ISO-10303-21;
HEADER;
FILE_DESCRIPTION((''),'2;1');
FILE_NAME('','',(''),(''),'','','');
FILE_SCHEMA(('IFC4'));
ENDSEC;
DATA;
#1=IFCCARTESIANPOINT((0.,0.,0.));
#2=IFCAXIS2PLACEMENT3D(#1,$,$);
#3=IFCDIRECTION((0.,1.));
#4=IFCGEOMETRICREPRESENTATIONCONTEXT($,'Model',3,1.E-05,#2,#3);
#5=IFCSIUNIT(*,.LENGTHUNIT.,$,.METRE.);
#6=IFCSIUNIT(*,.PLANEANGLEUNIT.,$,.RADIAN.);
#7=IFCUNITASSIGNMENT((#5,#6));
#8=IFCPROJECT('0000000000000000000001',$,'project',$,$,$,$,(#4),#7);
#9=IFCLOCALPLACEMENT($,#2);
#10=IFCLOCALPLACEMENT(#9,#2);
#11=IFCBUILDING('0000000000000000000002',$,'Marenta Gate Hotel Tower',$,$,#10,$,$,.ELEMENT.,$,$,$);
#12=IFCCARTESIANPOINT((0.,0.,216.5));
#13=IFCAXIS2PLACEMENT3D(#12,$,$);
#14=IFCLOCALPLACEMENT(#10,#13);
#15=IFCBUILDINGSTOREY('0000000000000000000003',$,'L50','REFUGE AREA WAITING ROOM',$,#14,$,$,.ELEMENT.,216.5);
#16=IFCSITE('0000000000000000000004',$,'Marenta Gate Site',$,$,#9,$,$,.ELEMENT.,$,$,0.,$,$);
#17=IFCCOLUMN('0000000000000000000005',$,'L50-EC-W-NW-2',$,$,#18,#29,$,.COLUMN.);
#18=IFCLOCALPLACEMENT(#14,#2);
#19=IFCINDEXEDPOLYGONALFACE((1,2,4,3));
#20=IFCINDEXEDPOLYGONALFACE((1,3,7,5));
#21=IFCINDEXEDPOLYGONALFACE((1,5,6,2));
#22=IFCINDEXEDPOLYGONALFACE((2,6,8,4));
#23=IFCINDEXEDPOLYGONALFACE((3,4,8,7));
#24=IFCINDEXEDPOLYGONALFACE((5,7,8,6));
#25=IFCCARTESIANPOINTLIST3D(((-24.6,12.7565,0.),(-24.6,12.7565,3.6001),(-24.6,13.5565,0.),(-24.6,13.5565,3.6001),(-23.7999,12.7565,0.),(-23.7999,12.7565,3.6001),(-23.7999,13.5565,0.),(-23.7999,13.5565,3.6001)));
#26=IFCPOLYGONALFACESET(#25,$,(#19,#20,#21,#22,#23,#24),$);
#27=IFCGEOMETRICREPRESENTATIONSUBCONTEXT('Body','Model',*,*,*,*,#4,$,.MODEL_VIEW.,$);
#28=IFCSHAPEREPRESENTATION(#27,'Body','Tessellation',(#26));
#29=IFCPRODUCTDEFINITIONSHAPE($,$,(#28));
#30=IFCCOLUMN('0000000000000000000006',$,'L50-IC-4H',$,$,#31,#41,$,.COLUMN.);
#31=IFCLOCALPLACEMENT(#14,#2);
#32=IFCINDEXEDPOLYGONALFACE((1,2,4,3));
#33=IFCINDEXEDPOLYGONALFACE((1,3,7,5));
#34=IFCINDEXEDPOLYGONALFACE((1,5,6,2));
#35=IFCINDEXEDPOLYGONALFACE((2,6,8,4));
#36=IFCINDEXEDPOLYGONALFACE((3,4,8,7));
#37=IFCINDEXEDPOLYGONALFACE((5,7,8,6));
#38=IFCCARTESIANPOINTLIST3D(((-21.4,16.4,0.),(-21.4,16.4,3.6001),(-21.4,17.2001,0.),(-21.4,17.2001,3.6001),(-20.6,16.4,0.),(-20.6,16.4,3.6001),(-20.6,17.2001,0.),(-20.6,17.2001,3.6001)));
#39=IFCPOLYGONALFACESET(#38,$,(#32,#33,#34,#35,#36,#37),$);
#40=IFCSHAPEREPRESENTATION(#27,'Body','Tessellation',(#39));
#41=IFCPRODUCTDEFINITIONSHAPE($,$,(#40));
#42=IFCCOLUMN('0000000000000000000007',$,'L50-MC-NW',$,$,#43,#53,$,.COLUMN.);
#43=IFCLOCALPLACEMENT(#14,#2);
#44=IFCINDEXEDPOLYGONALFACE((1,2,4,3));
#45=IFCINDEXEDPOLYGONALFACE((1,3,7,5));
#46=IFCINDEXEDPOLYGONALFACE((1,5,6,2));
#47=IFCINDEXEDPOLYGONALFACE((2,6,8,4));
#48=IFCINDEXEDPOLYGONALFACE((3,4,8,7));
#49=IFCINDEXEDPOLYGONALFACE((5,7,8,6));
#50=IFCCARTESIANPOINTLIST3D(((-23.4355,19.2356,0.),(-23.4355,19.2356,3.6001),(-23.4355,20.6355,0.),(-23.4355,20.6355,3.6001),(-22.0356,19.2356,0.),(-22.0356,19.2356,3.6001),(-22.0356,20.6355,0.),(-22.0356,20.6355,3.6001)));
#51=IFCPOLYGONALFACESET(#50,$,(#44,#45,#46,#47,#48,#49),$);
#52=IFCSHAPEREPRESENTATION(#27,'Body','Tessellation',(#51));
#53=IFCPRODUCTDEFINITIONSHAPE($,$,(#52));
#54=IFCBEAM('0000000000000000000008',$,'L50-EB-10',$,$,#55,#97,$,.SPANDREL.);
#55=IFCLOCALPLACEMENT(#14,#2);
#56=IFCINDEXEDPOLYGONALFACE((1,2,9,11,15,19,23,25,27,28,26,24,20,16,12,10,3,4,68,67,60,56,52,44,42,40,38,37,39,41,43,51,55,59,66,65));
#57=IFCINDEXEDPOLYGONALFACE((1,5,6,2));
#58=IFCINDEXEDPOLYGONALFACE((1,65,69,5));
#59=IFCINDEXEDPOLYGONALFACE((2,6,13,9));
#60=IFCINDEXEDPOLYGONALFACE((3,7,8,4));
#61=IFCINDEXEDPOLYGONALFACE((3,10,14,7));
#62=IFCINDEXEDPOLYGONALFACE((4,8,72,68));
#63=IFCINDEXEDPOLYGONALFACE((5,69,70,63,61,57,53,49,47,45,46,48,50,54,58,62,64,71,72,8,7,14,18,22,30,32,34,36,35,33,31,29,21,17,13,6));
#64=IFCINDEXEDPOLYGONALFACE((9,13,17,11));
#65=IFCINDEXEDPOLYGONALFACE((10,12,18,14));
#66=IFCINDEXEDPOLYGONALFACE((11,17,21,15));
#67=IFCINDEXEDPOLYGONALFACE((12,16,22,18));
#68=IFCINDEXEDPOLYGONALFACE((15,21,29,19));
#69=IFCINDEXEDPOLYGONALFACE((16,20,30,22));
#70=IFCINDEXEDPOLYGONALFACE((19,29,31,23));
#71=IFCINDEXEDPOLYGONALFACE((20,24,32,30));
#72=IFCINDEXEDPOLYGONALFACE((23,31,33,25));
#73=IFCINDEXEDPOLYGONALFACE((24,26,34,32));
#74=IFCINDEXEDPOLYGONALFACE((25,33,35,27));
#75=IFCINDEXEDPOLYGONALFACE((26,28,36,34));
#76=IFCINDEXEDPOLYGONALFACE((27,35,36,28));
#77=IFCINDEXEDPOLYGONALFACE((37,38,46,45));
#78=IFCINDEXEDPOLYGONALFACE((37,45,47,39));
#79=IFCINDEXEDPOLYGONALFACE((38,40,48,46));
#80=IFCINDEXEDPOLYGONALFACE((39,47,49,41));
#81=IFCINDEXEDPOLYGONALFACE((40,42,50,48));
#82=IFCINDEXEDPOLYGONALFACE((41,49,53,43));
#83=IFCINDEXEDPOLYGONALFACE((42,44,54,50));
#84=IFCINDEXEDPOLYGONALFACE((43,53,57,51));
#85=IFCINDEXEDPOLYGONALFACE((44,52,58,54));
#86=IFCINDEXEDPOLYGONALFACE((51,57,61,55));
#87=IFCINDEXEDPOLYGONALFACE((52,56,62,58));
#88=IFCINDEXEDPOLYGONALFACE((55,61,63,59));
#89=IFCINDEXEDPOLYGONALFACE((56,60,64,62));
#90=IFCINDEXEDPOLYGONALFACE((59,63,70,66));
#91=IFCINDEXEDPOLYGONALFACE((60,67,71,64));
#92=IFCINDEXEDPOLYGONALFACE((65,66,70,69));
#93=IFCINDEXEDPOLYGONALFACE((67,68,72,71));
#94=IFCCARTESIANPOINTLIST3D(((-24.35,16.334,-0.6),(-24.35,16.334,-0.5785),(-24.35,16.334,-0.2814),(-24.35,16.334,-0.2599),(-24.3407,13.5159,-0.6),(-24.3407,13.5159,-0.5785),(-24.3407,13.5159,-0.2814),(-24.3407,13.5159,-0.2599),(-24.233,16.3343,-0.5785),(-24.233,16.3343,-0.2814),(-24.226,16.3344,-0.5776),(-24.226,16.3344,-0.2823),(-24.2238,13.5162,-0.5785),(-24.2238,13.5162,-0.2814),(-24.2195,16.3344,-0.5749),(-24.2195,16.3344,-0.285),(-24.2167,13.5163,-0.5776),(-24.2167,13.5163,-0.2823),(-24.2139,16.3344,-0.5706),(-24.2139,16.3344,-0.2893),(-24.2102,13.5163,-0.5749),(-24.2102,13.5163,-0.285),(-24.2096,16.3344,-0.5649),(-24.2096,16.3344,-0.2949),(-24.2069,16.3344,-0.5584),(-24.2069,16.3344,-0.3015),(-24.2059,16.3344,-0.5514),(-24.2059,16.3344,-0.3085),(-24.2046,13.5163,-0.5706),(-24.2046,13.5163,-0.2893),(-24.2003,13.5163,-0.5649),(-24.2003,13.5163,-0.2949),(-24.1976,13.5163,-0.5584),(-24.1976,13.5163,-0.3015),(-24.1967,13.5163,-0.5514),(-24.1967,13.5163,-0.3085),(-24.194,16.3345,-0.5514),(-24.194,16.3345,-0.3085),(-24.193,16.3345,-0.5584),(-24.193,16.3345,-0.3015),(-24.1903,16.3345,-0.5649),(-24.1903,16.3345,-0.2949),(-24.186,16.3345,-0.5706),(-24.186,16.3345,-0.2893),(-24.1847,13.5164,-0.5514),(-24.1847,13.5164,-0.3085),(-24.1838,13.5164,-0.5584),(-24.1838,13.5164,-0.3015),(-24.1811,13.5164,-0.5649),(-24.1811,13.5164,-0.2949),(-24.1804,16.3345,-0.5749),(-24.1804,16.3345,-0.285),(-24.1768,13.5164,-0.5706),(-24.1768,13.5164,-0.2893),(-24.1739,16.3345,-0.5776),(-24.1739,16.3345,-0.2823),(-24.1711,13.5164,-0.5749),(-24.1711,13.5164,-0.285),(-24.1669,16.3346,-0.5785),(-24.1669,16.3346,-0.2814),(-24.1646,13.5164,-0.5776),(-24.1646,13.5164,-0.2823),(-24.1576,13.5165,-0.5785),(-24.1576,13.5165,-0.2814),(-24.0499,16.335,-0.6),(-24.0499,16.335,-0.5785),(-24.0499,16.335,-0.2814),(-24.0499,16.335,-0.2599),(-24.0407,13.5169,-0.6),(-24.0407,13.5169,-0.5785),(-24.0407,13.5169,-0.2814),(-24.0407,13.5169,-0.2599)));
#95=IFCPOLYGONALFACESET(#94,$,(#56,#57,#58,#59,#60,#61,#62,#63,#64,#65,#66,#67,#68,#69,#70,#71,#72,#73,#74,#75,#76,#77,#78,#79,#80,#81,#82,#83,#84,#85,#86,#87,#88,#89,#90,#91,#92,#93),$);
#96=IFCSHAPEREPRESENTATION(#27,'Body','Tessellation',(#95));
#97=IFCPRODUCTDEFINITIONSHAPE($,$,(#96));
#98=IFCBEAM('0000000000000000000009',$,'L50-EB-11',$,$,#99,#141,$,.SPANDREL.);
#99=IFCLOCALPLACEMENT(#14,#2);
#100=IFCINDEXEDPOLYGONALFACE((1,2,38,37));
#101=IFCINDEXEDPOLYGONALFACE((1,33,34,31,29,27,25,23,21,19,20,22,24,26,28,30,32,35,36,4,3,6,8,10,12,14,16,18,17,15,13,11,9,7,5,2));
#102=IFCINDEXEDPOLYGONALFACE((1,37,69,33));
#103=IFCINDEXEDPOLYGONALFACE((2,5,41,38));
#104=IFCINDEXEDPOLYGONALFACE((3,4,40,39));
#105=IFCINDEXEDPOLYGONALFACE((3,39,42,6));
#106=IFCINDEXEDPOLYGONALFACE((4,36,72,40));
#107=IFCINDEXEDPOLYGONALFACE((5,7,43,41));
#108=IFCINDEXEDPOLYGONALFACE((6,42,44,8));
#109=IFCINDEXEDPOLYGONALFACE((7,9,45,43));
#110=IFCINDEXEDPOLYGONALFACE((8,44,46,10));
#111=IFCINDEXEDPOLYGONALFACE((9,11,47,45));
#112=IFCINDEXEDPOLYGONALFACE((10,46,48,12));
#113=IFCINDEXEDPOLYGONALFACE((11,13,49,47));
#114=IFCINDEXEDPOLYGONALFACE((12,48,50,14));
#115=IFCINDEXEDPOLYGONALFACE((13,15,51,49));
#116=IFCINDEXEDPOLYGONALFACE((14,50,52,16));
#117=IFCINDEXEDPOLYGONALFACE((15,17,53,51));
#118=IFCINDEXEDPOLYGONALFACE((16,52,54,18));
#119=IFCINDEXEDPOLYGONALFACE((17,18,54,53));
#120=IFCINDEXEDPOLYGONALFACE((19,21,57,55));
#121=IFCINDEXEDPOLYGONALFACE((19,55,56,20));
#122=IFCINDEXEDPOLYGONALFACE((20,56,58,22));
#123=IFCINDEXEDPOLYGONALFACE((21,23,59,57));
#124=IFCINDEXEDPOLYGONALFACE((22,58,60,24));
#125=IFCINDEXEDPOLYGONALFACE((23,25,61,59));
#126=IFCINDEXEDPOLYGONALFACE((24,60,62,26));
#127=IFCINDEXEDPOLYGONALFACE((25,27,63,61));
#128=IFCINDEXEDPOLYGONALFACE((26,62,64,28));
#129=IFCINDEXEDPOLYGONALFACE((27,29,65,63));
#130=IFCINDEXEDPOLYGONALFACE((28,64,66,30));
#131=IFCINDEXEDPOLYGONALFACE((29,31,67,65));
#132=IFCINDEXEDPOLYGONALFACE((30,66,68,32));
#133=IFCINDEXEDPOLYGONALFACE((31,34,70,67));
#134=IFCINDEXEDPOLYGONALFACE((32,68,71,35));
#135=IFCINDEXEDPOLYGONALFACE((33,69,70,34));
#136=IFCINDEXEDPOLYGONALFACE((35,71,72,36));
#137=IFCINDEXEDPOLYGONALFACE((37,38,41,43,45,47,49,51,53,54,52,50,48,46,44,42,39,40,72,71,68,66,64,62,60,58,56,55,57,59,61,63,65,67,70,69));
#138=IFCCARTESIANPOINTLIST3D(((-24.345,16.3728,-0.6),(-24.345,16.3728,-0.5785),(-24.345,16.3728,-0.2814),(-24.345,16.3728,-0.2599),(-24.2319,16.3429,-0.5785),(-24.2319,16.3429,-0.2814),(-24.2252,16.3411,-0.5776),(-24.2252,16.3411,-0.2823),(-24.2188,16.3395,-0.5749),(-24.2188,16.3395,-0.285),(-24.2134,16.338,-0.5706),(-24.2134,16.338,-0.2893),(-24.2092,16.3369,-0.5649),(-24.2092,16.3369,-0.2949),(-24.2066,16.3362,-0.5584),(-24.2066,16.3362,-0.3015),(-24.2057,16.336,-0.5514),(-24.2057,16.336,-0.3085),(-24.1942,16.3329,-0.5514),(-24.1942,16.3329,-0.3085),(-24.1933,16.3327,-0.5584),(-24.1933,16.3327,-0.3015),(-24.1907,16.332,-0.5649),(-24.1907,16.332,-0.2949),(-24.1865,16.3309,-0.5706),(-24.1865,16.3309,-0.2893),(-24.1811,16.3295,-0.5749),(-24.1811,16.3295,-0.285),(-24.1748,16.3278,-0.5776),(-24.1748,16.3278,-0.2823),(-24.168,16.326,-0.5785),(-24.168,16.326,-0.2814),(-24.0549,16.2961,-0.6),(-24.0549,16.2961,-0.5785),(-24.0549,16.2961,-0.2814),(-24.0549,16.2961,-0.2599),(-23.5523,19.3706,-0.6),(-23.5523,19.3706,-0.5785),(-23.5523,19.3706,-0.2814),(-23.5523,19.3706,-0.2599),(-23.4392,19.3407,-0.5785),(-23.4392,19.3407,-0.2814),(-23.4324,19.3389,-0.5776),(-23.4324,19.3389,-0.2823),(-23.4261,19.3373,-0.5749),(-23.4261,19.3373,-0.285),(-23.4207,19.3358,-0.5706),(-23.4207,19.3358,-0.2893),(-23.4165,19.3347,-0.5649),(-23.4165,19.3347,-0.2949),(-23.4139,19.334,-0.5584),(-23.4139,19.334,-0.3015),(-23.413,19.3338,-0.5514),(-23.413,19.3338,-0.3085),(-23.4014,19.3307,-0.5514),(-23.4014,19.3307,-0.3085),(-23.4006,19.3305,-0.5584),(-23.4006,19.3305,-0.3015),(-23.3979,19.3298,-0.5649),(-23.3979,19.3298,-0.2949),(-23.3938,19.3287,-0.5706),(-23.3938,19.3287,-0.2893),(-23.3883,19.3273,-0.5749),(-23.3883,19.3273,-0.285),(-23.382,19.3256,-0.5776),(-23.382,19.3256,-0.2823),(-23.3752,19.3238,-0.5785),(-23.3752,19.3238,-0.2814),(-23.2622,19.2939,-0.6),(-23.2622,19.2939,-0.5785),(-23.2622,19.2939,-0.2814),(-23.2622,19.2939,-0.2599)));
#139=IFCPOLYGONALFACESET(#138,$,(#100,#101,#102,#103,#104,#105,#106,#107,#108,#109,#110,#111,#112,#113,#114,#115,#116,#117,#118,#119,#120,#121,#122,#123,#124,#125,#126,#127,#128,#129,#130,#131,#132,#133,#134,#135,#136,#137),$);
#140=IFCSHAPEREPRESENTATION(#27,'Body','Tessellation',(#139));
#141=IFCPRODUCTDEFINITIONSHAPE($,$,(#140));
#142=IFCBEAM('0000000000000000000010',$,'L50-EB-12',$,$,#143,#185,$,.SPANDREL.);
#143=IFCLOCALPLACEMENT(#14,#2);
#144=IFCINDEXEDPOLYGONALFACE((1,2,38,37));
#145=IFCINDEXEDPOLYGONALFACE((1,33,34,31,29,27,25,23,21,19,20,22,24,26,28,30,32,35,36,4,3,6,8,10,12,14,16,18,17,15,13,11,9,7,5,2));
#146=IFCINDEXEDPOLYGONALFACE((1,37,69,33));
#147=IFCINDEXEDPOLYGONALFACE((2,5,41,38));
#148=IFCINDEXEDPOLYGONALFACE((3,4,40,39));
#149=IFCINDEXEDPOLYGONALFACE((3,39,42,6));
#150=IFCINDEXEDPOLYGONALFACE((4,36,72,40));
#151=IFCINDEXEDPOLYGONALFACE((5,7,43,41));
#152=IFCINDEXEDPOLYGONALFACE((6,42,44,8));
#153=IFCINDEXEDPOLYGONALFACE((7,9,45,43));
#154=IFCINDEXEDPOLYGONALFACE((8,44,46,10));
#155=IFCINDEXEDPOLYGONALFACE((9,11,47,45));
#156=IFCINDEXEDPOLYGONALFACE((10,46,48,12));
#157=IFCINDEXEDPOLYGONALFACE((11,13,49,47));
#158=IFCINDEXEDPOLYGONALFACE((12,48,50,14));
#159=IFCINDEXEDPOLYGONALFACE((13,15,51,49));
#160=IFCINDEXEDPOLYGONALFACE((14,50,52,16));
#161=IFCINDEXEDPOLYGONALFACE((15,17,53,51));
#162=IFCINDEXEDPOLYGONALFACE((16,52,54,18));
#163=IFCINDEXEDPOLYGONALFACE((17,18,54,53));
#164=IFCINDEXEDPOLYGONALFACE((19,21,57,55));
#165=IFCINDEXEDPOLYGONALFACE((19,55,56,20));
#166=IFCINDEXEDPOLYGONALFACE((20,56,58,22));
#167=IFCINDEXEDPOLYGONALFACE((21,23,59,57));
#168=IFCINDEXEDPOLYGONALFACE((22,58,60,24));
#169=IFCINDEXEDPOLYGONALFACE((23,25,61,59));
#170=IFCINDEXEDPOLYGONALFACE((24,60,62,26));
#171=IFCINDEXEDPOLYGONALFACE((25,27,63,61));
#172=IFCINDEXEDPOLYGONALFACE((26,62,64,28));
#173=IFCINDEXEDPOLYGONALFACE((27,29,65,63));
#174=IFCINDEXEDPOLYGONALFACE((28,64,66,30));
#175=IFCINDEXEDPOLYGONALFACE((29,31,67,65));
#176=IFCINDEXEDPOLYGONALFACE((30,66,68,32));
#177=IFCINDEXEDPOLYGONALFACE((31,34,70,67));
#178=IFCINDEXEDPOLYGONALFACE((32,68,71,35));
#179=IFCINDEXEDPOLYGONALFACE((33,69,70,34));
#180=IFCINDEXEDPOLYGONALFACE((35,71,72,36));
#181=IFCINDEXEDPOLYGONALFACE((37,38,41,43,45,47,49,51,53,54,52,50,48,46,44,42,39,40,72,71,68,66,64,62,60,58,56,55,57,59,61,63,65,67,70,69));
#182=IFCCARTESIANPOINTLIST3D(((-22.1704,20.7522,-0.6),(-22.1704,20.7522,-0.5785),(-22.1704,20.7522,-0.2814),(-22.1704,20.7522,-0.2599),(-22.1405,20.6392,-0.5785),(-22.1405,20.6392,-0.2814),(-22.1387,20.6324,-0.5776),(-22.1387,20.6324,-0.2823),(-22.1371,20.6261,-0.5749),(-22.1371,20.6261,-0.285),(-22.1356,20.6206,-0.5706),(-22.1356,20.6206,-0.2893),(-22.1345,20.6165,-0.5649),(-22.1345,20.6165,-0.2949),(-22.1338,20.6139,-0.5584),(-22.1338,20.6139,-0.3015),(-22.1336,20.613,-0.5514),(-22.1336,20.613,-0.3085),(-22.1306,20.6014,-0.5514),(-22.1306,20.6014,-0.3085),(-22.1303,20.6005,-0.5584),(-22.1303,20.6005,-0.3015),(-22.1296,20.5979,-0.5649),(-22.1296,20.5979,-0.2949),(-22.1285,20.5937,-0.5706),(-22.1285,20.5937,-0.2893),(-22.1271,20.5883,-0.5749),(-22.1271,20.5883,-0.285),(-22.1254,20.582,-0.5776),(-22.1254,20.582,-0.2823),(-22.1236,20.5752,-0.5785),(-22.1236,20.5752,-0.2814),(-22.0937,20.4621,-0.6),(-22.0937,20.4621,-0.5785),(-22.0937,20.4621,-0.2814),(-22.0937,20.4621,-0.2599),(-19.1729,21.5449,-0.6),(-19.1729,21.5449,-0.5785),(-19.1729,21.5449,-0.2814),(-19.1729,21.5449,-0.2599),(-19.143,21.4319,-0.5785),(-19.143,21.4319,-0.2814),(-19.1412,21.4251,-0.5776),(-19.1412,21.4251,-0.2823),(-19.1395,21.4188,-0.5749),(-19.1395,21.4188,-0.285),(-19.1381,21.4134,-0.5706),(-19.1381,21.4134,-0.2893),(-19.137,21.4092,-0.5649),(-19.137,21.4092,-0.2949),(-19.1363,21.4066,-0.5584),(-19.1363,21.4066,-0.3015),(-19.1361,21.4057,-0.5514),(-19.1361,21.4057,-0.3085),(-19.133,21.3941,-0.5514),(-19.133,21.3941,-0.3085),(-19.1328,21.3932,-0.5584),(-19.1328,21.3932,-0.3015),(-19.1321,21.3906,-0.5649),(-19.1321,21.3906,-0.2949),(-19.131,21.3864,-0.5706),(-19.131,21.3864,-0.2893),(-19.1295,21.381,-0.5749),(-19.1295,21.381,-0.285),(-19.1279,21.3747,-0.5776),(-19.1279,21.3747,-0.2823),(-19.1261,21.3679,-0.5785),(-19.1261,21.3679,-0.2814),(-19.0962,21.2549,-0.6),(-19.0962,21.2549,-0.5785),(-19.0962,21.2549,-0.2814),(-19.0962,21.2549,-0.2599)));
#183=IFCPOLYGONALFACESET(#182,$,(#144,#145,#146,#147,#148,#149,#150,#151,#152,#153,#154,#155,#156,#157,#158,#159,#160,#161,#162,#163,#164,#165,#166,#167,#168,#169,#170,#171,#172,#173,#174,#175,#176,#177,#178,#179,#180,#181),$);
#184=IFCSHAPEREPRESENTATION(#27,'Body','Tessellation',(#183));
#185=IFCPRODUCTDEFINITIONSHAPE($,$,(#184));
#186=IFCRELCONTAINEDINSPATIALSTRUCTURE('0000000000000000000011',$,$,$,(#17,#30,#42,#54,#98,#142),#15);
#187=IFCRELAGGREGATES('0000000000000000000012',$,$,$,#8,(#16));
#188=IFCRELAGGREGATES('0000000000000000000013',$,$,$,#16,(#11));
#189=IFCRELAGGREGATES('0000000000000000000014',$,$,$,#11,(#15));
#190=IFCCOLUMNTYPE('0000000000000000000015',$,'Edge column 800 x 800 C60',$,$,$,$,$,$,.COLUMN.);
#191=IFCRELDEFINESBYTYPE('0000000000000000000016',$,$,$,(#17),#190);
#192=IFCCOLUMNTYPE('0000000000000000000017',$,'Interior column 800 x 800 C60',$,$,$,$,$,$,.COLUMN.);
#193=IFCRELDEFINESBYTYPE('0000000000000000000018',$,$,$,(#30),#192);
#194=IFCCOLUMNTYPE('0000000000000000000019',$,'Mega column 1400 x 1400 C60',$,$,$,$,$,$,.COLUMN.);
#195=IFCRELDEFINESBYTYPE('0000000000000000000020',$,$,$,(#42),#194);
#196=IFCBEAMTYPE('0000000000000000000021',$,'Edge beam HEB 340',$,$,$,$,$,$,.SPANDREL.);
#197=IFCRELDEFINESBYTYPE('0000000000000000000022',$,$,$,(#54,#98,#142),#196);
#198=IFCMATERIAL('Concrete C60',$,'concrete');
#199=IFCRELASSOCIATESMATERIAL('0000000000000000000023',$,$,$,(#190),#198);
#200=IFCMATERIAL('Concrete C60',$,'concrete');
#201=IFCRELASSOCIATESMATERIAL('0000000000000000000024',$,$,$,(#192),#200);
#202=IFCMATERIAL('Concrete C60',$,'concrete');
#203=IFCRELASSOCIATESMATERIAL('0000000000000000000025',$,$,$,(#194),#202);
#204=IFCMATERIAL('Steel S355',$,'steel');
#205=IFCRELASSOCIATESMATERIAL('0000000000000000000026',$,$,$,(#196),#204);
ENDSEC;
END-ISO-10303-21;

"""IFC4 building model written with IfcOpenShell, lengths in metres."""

from ifc_helpers import new_model, si_unit, direction, frame, origin, origin_2d, place, context, subcontext, project, spatial, rectangle, i_section, extrude, material, material_profile, profile_set, type_object, element, save


model = new_model("IFC4")

# Units and contexts
model_context = context("Model", 3, precision=1e-05, world=origin(), true_north=direction((0.0, 1.0)))
body_context = subcontext(model_context, "Body", "Model", "MODEL_VIEW")
ifc_project = project(units=[si_unit("LENGTHUNIT", "METRE"), si_unit("PLANEANGLEUNIT", "RADIAN")], contexts=[model_context])

# Site, building, storey
site_placement = place(None, origin())
site = spatial("IfcSite", under=ifc_project, at=site_placement, Name="Marenta Gate Site", CompositionType="ELEMENT", RefElevation=0.0)
building_placement = place(site_placement, origin())
building = spatial("IfcBuilding", under=site, at=building_placement, Name="Marenta Gate Hotel Tower", CompositionType="ELEMENT")
storey_placement = place(building_placement, frame((0.0, 0.0, 216.5)))
storey = spatial("IfcBuildingStorey", under=building, at=storey_placement, Name="L50", Description="REFUGE AREA WAITING ROOM", CompositionType="ELEMENT", Elevation=216.5)

# Columns
ifc_material_1 = material(Name="Concrete C60", Category="concrete")
ifc_material_profile_1 = material_profile(ifc_material_1, rectangle(XDim=0.8, YDim=0.8, at=origin_2d()), Name="800 x 800")
ifc_profile_set_1 = profile_set([ifc_material_profile_1], Name="Concrete C60")
column_type_1 = type_object("IfcColumnType", Name="Edge column 800 x 800 C60", PredefinedType="COLUMN", material=ifc_profile_set_1)
column_1_placement = place(storey_placement, frame((-24.2, 13.1565, 0.0), z_axis=(0.0, 0.0, 1.0), x_axis=(1.0, 0.0, 0.0)))
element("IfcColumn", 1, at=column_1_placement, inside=storey, type_object=column_type_1, Name="L50-EC-W-NW-2", PredefinedType="COLUMN", context=body_context, shape_type="SweptSolid", body=[
    extrude(rectangle(XDim=0.8, YDim=0.8, at=origin_2d()), origin(), (0.0, 0.0, 1.0), 3.6001),
])
ifc_material_2 = material(Name="Concrete C60", Category="concrete")
ifc_material_profile_2 = material_profile(ifc_material_2, rectangle(XDim=0.8, YDim=0.8, at=origin_2d()), Name="800 x 800")
ifc_profile_set_2 = profile_set([ifc_material_profile_2], Name="Concrete C60")
column_type_2 = type_object("IfcColumnType", Name="Interior column 800 x 800 C60", PredefinedType="COLUMN", material=ifc_profile_set_2)
column_2_placement = place(storey_placement, frame((-21.0, 16.8, 0.0), z_axis=(0.0, 0.0, 1.0), x_axis=(1.0, 0.0, 0.0)))
element("IfcColumn", 2, at=column_2_placement, inside=storey, type_object=column_type_2, Name="L50-IC-4H", PredefinedType="COLUMN", context=body_context, shape_type="SweptSolid", body=[
    extrude(rectangle(XDim=0.8, YDim=0.8, at=origin_2d()), origin(), (0.0, 0.0, 1.0), 3.6001),
])
ifc_material_3 = material(Name="Concrete C60", Category="concrete")
ifc_material_profile_3 = material_profile(ifc_material_3, rectangle(XDim=1.3999, YDim=1.3999, at=origin_2d()), Name="1400 x 1400")
ifc_profile_set_3 = profile_set([ifc_material_profile_3], Name="Concrete C60")
column_type_3 = type_object("IfcColumnType", Name="Mega column 1400 x 1400 C60", PredefinedType="COLUMN", material=ifc_profile_set_3)
column_3_placement = place(storey_placement, frame((-22.7356, 19.9355, 0.0), z_axis=(0.0, 0.0, 1.0), x_axis=(1.0, 0.0, 0.0)))
element("IfcColumn", 3, at=column_3_placement, inside=storey, type_object=column_type_3, Name="L50-MC-NW", PredefinedType="COLUMN", context=body_context, shape_type="SweptSolid", body=[
    extrude(rectangle(XDim=1.3999, YDim=1.3999, at=origin_2d()), origin(), (0.0, 0.0, 1.0), 3.6001),
])

# Beams
ifc_material_4 = material(Name="Steel S355", Category="steel")
ifc_material_profile_4 = material_profile(ifc_material_4, i_section(OverallWidth=0.3, OverallDepth=0.3401, WebThickness=0.012, FlangeThickness=0.0215, FilletRadius=0.0271, at=origin_2d()), Name="HEB 340")
ifc_profile_set_4 = profile_set([ifc_material_profile_4], Name="Steel S355")
beam_type_1 = type_object("IfcBeamType", Name="Edge beam HEB 340", PredefinedType="SPANDREL", material=ifc_profile_set_4)
beam_1_placement = place(storey_placement, frame((-24.1907, 13.5164, -0.4299), z_axis=(-0.003292, 0.999995, 0.0), x_axis=(-0.999995, -0.003292, 0.0)))
element("IfcBeam", 4, at=beam_1_placement, inside=storey, type_object=beam_type_1, Name="L50-EB-10", PredefinedType="SPANDREL", context=body_context, shape_type="SweptSolid", body=[
    extrude(i_section(OverallWidth=0.3, OverallDepth=0.3401, WebThickness=0.012, FlangeThickness=0.0215, FilletRadius=0.0271, at=origin_2d()), origin(), (0.0, 0.0, 1.0), 2.8181),
])
beam_2_placement = place(storey_placement, frame((-24.2, 16.3345, -0.4299), z_axis=(0.255648, 0.96677, 0.0), x_axis=(-0.96677, 0.255648, 0.0)))
element("IfcBeam", 5, at=beam_2_placement, inside=storey, type_object=beam_type_1, Name="L50-EB-11", PredefinedType="SPANDREL", context=body_context, shape_type="SweptSolid", body=[
    extrude(i_section(OverallWidth=0.3, OverallDepth=0.3401, WebThickness=0.012, FlangeThickness=0.0215, FilletRadius=0.0271, at=origin_2d()), origin(), (0.0, 0.0, 1.0), 3.1008),
])
beam_3_placement = place(storey_placement, frame((-22.1321, 20.6072, -0.4299), z_axis=(0.966765, 0.255667, 0.0), x_axis=(-0.255667, 0.966765, 0.0)))
element("IfcBeam", 6, at=beam_3_placement, inside=storey, type_object=beam_type_1, Name="L50-EB-12", PredefinedType="SPANDREL", context=body_context, shape_type="SweptSolid", body=[
    extrude(i_section(OverallWidth=0.3, OverallDepth=0.3401, WebThickness=0.012, FlangeThickness=0.0215, FilletRadius=0.0271, at=origin_2d()), origin(), (0.0, 0.0, 1.0), 3.1006),
])

save(model, "model.ifc")
